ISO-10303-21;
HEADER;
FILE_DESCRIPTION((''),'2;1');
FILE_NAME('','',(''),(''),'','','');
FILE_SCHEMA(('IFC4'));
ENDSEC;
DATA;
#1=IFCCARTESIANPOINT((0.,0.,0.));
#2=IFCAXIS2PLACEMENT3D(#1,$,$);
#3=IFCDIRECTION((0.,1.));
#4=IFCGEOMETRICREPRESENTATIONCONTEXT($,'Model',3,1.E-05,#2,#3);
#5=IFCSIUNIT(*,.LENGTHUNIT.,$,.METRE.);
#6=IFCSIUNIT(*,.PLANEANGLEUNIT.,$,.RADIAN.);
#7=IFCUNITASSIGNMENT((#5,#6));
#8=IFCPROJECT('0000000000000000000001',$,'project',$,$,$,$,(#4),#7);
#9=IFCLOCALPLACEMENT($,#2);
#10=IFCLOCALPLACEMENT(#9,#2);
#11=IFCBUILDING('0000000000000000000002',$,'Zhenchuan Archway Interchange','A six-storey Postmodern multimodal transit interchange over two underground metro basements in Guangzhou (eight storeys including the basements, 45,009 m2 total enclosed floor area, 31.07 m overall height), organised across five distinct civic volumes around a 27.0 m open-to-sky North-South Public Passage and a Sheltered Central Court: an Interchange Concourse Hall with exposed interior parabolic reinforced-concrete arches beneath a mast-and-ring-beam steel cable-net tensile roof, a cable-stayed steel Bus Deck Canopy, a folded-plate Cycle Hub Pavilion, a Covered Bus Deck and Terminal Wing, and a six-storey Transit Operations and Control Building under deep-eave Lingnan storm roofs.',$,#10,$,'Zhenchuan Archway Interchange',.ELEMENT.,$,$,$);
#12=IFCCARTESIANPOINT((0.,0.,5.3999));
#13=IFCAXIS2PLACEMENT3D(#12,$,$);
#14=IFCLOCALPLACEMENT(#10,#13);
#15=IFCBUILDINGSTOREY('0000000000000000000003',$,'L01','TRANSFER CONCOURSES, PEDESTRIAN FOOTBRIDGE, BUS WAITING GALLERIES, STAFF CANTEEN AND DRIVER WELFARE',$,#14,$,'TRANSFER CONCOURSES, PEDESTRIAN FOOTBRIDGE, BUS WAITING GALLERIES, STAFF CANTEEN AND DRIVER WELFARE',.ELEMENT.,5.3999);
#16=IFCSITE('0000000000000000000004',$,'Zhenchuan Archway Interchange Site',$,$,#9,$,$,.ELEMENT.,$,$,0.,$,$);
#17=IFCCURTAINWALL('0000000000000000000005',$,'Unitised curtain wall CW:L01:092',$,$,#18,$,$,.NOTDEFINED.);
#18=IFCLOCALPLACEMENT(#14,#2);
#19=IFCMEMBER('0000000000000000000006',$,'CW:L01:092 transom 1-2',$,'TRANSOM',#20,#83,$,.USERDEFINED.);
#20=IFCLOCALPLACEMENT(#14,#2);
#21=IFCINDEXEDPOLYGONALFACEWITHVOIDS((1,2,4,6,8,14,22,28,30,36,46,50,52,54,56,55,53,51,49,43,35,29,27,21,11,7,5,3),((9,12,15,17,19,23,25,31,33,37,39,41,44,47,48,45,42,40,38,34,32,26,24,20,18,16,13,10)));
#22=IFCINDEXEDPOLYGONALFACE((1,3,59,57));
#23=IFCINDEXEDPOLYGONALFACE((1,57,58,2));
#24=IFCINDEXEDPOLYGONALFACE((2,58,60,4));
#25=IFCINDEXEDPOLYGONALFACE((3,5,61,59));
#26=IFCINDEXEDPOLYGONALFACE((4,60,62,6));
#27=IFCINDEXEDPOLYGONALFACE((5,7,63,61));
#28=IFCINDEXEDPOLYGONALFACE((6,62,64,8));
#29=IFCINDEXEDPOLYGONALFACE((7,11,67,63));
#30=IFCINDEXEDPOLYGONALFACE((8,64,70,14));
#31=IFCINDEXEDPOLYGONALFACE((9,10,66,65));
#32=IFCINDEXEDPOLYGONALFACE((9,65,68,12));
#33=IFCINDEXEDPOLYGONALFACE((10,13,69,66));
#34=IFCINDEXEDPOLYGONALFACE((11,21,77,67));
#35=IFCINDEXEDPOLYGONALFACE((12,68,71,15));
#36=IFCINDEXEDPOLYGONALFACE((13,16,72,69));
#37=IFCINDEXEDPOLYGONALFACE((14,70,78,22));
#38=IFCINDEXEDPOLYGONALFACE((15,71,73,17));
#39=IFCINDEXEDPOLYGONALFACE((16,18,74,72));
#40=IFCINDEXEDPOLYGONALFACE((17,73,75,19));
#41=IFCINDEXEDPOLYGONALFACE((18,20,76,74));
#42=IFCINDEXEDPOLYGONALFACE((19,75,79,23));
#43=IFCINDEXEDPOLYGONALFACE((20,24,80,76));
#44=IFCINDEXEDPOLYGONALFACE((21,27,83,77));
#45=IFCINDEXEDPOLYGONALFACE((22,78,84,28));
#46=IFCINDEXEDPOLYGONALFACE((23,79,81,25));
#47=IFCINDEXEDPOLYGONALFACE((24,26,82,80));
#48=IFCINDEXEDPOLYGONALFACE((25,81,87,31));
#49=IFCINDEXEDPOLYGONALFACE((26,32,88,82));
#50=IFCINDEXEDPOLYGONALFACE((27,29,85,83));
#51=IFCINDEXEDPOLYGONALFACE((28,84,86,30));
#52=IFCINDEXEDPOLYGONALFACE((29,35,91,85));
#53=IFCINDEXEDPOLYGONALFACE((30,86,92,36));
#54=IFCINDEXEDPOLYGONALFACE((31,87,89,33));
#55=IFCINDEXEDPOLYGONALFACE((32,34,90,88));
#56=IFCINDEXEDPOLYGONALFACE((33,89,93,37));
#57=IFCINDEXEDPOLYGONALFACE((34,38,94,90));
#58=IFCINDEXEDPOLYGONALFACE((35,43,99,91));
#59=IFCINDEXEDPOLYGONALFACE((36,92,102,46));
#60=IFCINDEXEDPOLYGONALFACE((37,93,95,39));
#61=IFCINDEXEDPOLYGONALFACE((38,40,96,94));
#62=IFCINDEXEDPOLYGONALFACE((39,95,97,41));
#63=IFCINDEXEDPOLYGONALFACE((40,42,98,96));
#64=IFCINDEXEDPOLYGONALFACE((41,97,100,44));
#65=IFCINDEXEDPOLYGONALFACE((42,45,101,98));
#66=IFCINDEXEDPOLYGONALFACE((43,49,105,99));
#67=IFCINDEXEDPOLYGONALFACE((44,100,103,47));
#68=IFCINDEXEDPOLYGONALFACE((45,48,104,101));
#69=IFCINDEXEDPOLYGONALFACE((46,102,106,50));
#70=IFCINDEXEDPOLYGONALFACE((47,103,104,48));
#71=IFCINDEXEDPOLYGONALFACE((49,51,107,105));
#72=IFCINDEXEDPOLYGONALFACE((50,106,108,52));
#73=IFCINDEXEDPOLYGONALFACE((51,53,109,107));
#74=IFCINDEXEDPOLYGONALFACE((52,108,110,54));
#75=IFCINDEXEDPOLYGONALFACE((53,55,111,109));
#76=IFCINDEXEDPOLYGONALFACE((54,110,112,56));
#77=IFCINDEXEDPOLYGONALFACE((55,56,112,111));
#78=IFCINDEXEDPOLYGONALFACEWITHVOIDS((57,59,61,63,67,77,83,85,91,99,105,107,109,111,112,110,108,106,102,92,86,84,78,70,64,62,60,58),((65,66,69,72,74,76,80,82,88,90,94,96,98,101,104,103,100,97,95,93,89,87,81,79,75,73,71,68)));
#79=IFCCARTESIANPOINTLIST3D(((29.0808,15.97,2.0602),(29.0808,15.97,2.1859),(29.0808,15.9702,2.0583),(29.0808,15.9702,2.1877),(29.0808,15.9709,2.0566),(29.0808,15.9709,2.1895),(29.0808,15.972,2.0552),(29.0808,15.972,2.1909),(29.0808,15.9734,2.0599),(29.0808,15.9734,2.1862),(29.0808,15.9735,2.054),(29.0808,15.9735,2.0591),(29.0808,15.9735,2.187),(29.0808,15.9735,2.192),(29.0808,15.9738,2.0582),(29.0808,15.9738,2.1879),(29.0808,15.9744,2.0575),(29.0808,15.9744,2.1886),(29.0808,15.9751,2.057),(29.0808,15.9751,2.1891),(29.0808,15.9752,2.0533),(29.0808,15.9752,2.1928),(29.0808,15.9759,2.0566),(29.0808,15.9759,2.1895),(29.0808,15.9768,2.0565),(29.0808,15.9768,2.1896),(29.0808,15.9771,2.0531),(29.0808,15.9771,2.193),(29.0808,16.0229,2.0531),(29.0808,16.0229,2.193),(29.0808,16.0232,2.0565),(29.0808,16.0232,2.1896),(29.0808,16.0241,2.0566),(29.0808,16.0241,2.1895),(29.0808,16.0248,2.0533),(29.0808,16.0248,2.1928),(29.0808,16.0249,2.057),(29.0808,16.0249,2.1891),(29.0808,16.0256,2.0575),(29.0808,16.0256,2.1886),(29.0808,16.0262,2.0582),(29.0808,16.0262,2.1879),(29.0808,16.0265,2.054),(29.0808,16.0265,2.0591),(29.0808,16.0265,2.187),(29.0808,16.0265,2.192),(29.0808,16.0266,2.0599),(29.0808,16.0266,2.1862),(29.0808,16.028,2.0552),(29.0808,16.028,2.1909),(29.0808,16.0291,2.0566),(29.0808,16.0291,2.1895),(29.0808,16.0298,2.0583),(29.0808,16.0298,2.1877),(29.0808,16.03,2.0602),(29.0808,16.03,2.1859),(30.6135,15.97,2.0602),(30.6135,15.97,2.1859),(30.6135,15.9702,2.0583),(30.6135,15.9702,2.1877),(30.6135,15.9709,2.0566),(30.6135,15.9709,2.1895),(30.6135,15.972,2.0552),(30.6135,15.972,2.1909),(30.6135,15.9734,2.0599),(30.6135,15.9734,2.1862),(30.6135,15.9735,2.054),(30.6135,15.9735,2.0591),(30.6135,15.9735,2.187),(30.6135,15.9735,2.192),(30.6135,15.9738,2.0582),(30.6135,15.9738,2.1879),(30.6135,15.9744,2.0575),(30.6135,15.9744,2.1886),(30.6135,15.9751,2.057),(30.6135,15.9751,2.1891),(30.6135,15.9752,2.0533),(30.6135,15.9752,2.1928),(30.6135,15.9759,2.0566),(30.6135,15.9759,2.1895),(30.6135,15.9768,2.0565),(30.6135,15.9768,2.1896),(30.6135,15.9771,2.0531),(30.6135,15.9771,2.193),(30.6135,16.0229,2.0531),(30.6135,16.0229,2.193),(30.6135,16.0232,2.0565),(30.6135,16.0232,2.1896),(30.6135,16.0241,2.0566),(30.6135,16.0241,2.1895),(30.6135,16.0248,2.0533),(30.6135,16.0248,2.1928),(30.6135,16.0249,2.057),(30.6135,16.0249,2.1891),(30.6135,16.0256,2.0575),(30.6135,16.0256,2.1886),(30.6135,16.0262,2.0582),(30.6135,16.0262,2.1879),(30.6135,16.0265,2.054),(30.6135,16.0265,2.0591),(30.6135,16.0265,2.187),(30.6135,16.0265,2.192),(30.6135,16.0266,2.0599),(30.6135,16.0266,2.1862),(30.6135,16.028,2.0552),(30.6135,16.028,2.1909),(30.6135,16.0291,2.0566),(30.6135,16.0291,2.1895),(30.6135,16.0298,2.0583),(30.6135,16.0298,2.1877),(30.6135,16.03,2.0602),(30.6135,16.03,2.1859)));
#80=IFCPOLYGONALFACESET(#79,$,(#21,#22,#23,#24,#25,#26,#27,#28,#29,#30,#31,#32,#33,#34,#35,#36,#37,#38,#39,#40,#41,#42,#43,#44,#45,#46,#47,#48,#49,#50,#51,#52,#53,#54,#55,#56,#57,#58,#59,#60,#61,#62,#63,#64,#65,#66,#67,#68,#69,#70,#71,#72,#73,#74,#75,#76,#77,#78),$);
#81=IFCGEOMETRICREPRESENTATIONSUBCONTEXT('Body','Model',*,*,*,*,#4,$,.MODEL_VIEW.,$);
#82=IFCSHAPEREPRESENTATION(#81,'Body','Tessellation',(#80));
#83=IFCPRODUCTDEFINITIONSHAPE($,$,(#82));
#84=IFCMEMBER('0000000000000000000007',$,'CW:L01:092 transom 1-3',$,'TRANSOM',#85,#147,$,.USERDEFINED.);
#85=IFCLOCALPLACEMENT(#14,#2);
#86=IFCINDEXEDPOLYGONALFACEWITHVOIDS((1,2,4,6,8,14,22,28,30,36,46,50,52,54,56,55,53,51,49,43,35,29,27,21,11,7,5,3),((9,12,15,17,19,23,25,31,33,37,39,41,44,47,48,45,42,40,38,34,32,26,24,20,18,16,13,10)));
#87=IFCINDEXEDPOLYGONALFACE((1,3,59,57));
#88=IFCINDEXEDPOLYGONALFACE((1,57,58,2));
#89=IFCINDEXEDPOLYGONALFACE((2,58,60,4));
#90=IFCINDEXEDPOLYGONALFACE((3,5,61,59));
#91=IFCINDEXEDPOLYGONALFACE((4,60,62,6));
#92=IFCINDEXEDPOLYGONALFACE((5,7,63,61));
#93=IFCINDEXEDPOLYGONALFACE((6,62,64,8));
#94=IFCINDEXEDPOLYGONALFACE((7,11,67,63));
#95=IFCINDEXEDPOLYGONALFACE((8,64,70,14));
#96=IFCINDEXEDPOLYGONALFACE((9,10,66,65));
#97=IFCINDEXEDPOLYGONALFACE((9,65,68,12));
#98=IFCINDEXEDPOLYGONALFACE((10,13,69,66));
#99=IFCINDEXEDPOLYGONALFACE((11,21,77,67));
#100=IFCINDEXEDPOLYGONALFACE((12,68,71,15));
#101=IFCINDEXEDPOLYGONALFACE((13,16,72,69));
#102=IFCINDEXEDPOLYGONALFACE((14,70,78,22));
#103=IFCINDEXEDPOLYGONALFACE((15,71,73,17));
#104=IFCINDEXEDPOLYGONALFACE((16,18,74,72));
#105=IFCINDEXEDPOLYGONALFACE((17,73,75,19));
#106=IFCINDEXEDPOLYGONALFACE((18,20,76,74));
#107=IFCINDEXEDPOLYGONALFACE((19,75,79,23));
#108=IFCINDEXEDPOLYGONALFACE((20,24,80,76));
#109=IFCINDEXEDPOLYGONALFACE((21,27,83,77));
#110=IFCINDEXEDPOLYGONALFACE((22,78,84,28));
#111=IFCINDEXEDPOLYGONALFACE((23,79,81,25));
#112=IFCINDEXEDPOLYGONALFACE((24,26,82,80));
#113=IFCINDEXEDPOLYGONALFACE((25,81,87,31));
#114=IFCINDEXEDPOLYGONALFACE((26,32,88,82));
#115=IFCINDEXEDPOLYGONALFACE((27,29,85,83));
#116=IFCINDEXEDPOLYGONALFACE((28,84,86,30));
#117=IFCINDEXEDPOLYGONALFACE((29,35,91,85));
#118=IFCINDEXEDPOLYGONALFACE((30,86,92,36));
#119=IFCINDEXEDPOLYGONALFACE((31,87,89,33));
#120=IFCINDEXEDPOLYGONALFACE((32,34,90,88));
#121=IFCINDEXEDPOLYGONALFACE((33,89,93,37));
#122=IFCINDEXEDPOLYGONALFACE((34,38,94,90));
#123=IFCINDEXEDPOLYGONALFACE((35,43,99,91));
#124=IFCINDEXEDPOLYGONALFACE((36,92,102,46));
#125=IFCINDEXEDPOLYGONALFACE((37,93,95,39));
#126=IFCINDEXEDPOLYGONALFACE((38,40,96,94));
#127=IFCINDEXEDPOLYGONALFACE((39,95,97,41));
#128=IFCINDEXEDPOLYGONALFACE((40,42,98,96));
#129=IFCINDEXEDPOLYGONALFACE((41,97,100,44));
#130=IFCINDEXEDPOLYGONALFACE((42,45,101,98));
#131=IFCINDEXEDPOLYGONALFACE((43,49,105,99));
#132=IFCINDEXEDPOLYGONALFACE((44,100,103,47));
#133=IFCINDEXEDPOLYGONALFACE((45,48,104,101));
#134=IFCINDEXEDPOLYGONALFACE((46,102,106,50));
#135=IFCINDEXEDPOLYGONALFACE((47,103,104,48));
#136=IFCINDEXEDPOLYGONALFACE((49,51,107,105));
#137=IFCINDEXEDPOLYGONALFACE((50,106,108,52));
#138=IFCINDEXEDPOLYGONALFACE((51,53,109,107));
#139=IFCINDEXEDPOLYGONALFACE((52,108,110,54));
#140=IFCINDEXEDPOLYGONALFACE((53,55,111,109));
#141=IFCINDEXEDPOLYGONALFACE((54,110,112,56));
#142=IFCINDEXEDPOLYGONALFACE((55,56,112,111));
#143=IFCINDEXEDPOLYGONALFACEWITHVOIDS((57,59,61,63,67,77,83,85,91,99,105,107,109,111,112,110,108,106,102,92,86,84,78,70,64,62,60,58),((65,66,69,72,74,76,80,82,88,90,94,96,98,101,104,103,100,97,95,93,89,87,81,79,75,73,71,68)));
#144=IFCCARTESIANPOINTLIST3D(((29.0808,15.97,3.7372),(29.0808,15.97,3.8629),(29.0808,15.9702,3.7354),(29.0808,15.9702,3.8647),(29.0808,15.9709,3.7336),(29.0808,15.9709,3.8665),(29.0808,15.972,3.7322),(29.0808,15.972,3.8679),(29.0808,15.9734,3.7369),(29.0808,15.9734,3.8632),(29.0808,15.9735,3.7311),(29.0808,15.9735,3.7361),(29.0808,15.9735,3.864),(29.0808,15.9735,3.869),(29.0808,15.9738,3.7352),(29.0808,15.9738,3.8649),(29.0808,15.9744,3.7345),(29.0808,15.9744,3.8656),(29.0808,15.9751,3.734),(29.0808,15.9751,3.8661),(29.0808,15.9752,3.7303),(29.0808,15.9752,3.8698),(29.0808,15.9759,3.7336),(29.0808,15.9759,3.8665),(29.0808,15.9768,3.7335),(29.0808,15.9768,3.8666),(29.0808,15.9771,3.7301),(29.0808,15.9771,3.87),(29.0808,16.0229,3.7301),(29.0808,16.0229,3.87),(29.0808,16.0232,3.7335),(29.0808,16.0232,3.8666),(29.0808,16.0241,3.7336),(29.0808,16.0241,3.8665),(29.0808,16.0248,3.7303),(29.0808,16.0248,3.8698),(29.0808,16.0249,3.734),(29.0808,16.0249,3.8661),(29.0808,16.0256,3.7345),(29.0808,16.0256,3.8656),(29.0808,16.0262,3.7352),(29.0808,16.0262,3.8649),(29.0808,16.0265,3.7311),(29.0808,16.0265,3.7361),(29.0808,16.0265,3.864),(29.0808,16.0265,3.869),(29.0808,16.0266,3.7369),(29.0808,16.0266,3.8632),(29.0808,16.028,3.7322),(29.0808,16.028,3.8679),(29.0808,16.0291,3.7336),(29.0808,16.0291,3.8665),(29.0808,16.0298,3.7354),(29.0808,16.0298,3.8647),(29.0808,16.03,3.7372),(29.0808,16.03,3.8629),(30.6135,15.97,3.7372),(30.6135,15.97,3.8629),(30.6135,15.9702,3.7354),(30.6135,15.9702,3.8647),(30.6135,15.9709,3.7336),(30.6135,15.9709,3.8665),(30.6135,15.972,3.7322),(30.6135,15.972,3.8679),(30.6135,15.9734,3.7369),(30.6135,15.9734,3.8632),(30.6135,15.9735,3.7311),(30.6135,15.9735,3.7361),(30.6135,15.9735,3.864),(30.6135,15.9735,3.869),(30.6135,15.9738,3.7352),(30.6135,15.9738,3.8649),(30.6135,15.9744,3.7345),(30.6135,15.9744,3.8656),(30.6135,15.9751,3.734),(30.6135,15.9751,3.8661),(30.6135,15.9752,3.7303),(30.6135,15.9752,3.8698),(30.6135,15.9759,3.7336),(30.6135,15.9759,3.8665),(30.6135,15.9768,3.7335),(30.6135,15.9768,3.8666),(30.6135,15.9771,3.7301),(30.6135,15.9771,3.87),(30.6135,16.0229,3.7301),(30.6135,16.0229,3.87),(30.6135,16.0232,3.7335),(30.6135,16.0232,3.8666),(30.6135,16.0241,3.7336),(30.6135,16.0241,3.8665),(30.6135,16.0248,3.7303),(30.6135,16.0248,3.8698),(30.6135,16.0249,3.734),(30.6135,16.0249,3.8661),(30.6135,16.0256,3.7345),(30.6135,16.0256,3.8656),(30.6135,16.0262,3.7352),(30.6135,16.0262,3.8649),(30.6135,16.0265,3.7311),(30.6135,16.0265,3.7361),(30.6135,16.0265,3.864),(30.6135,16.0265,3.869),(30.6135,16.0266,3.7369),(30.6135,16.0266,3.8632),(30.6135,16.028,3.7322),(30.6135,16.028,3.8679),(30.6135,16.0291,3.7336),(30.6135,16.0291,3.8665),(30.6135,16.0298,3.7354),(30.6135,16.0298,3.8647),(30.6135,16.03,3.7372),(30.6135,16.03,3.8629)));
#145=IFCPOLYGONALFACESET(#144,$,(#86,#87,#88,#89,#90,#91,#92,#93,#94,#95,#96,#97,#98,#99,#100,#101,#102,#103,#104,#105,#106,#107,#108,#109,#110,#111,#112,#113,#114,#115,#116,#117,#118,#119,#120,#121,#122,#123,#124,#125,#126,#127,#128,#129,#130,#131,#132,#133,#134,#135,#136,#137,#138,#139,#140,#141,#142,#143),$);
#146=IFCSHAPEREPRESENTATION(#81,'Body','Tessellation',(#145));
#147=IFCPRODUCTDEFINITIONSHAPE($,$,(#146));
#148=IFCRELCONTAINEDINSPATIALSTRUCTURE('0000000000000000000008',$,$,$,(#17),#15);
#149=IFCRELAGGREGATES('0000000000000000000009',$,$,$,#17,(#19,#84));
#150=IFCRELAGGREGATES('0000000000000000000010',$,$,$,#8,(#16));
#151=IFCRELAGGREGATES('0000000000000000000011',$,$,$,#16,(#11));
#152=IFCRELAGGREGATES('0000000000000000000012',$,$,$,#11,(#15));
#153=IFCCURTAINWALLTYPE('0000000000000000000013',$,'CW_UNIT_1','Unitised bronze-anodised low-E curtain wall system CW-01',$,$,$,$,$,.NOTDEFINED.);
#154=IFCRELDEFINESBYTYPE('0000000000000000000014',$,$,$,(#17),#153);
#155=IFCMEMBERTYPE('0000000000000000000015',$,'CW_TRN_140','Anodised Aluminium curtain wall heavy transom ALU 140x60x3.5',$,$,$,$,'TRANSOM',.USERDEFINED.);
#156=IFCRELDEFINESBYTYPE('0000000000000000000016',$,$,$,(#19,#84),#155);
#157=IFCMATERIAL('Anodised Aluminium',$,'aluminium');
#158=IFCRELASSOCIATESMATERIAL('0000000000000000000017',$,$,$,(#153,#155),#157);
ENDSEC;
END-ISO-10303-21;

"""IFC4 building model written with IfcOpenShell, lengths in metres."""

from ifc_helpers import new_model, si_unit, direction, frame, origin, origin_2d, place, context, subcontext, project, spatial, hollow_rectangle, extrude, material, material_profile, profile_set, type_object, element, aggregate, save


model = new_model("IFC4")

# Units and contexts
model_context = context("Model", 3, precision=1e-05, world=origin(), true_north=direction((0.0, 1.0)))
body_context = subcontext(model_context, "Body", "Model", "MODEL_VIEW")
ifc_project = project(units=[si_unit("LENGTHUNIT", "METRE"), si_unit("PLANEANGLEUNIT", "RADIAN")], contexts=[model_context])

# Site, building, storey
site_placement = place(None, origin())
site = spatial("IfcSite", under=ifc_project, at=site_placement, Name="Zhenchuan Archway Interchange Site", CompositionType="ELEMENT", RefElevation=0.0)
building_placement = place(site_placement, origin())
building = spatial("IfcBuilding", under=site, at=building_placement, Name="Zhenchuan Archway Interchange", Description="A six-storey Postmodern multimodal transit interchange over two underground metro basements in Guangzhou (eight storeys including the basements, 45,009 m2 total enclosed floor area, 31.07 m overall height), organised across five distinct civic volumes around a 27.0 m open-to-sky North-South Public Passage and a Sheltered Central Court: an Interchange Concourse Hall with exposed interior parabolic reinforced-concrete arches beneath a mast-and-ring-beam steel cable-net tensile roof, a cable-stayed steel Bus Deck Canopy, a folded-plate Cycle Hub Pavilion, a Covered Bus Deck and Terminal Wing, and a six-storey Transit Operations and Control Building under deep-eave Lingnan storm roofs.", LongName="Zhenchuan Archway Interchange", CompositionType="ELEMENT")
storey_placement = place(building_placement, frame((0.0, 0.0, 5.3999)))
storey = spatial("IfcBuildingStorey", under=building, at=storey_placement, Name="L01", Description="TRANSFER CONCOURSES, PEDESTRIAN FOOTBRIDGE, BUS WAITING GALLERIES, STAFF CANTEEN AND DRIVER WELFARE", LongName="TRANSFER CONCOURSES, PEDESTRIAN FOOTBRIDGE, BUS WAITING GALLERIES, STAFF CANTEEN AND DRIVER WELFARE", CompositionType="ELEMENT", Elevation=5.3999)

# Curtain wall, members
ifc_material_1 = material(Name="Anodised Aluminium", Category="aluminium")
curtain_wall_type = type_object("IfcCurtainWallType", Name="CW_UNIT_1", Description="Unitised bronze-anodised low-E curtain wall system CW-01", PredefinedType="NOTDEFINED", material=ifc_material_1)
curtain_wall_placement = place(storey_placement, origin())
curtain_wall = element("IfcCurtainWall", 1, at=curtain_wall_placement, inside=storey, type_object=curtain_wall_type, Name="Unitised curtain wall CW:L01:092", PredefinedType="NOTDEFINED")
ifc_material_profile_1 = material_profile(ifc_material_1, hollow_rectangle(XDim=0.0601, YDim=0.1399, WallThickness=0.0034, InnerFilletRadius=0.0034, OuterFilletRadius=0.0071, at=origin_2d()), Name="ALU 140x60x3.5")
ifc_profile_set_1 = profile_set([ifc_material_profile_1], Name="Anodised Aluminium")
member_type_1 = type_object("IfcMemberType", Name="CW_TRN_140", Description="Anodised Aluminium curtain wall heavy transom ALU 140x60x3.5", ElementType="TRANSOM", PredefinedType="USERDEFINED", material=ifc_profile_set_1)
member_1_placement = place(storey_placement, frame((29.0808, 16.0, 2.123), z_axis=(1.0, 0.0, 0.0), x_axis=(0.0, 1.0, 0.0)))
member_1 = element("IfcMember", 2, at=member_1_placement, type_object=member_type_1, Name="CW:L01:092 transom 1-2", ObjectType="TRANSOM", PredefinedType="USERDEFINED", context=body_context, shape_type="SweptSolid", body=[
    extrude(hollow_rectangle(XDim=0.0601, YDim=0.1399, WallThickness=0.0034, InnerFilletRadius=0.0034, OuterFilletRadius=0.0071, at=origin_2d()), origin(), (0.0, 0.0, 1.0), 1.5327),
])
member_2_placement = place(storey_placement, frame((29.0808, 16.0, 3.8), z_axis=(1.0, 0.0, 0.0), x_axis=(0.0, 1.0, 0.0)))
member_2 = element("IfcMember", 3, at=member_2_placement, type_object=member_type_1, Name="CW:L01:092 transom 1-3", ObjectType="TRANSOM", PredefinedType="USERDEFINED", context=body_context, shape_type="SweptSolid", body=[
    extrude(hollow_rectangle(XDim=0.0601, YDim=0.1399, WallThickness=0.0034, InnerFilletRadius=0.0034, OuterFilletRadius=0.0071, at=origin_2d()), origin(), (0.0, 0.0, 1.0), 1.5327),
])

aggregate(curtain_wall, [member_1, member_2])

save(model, "model.ifc")
